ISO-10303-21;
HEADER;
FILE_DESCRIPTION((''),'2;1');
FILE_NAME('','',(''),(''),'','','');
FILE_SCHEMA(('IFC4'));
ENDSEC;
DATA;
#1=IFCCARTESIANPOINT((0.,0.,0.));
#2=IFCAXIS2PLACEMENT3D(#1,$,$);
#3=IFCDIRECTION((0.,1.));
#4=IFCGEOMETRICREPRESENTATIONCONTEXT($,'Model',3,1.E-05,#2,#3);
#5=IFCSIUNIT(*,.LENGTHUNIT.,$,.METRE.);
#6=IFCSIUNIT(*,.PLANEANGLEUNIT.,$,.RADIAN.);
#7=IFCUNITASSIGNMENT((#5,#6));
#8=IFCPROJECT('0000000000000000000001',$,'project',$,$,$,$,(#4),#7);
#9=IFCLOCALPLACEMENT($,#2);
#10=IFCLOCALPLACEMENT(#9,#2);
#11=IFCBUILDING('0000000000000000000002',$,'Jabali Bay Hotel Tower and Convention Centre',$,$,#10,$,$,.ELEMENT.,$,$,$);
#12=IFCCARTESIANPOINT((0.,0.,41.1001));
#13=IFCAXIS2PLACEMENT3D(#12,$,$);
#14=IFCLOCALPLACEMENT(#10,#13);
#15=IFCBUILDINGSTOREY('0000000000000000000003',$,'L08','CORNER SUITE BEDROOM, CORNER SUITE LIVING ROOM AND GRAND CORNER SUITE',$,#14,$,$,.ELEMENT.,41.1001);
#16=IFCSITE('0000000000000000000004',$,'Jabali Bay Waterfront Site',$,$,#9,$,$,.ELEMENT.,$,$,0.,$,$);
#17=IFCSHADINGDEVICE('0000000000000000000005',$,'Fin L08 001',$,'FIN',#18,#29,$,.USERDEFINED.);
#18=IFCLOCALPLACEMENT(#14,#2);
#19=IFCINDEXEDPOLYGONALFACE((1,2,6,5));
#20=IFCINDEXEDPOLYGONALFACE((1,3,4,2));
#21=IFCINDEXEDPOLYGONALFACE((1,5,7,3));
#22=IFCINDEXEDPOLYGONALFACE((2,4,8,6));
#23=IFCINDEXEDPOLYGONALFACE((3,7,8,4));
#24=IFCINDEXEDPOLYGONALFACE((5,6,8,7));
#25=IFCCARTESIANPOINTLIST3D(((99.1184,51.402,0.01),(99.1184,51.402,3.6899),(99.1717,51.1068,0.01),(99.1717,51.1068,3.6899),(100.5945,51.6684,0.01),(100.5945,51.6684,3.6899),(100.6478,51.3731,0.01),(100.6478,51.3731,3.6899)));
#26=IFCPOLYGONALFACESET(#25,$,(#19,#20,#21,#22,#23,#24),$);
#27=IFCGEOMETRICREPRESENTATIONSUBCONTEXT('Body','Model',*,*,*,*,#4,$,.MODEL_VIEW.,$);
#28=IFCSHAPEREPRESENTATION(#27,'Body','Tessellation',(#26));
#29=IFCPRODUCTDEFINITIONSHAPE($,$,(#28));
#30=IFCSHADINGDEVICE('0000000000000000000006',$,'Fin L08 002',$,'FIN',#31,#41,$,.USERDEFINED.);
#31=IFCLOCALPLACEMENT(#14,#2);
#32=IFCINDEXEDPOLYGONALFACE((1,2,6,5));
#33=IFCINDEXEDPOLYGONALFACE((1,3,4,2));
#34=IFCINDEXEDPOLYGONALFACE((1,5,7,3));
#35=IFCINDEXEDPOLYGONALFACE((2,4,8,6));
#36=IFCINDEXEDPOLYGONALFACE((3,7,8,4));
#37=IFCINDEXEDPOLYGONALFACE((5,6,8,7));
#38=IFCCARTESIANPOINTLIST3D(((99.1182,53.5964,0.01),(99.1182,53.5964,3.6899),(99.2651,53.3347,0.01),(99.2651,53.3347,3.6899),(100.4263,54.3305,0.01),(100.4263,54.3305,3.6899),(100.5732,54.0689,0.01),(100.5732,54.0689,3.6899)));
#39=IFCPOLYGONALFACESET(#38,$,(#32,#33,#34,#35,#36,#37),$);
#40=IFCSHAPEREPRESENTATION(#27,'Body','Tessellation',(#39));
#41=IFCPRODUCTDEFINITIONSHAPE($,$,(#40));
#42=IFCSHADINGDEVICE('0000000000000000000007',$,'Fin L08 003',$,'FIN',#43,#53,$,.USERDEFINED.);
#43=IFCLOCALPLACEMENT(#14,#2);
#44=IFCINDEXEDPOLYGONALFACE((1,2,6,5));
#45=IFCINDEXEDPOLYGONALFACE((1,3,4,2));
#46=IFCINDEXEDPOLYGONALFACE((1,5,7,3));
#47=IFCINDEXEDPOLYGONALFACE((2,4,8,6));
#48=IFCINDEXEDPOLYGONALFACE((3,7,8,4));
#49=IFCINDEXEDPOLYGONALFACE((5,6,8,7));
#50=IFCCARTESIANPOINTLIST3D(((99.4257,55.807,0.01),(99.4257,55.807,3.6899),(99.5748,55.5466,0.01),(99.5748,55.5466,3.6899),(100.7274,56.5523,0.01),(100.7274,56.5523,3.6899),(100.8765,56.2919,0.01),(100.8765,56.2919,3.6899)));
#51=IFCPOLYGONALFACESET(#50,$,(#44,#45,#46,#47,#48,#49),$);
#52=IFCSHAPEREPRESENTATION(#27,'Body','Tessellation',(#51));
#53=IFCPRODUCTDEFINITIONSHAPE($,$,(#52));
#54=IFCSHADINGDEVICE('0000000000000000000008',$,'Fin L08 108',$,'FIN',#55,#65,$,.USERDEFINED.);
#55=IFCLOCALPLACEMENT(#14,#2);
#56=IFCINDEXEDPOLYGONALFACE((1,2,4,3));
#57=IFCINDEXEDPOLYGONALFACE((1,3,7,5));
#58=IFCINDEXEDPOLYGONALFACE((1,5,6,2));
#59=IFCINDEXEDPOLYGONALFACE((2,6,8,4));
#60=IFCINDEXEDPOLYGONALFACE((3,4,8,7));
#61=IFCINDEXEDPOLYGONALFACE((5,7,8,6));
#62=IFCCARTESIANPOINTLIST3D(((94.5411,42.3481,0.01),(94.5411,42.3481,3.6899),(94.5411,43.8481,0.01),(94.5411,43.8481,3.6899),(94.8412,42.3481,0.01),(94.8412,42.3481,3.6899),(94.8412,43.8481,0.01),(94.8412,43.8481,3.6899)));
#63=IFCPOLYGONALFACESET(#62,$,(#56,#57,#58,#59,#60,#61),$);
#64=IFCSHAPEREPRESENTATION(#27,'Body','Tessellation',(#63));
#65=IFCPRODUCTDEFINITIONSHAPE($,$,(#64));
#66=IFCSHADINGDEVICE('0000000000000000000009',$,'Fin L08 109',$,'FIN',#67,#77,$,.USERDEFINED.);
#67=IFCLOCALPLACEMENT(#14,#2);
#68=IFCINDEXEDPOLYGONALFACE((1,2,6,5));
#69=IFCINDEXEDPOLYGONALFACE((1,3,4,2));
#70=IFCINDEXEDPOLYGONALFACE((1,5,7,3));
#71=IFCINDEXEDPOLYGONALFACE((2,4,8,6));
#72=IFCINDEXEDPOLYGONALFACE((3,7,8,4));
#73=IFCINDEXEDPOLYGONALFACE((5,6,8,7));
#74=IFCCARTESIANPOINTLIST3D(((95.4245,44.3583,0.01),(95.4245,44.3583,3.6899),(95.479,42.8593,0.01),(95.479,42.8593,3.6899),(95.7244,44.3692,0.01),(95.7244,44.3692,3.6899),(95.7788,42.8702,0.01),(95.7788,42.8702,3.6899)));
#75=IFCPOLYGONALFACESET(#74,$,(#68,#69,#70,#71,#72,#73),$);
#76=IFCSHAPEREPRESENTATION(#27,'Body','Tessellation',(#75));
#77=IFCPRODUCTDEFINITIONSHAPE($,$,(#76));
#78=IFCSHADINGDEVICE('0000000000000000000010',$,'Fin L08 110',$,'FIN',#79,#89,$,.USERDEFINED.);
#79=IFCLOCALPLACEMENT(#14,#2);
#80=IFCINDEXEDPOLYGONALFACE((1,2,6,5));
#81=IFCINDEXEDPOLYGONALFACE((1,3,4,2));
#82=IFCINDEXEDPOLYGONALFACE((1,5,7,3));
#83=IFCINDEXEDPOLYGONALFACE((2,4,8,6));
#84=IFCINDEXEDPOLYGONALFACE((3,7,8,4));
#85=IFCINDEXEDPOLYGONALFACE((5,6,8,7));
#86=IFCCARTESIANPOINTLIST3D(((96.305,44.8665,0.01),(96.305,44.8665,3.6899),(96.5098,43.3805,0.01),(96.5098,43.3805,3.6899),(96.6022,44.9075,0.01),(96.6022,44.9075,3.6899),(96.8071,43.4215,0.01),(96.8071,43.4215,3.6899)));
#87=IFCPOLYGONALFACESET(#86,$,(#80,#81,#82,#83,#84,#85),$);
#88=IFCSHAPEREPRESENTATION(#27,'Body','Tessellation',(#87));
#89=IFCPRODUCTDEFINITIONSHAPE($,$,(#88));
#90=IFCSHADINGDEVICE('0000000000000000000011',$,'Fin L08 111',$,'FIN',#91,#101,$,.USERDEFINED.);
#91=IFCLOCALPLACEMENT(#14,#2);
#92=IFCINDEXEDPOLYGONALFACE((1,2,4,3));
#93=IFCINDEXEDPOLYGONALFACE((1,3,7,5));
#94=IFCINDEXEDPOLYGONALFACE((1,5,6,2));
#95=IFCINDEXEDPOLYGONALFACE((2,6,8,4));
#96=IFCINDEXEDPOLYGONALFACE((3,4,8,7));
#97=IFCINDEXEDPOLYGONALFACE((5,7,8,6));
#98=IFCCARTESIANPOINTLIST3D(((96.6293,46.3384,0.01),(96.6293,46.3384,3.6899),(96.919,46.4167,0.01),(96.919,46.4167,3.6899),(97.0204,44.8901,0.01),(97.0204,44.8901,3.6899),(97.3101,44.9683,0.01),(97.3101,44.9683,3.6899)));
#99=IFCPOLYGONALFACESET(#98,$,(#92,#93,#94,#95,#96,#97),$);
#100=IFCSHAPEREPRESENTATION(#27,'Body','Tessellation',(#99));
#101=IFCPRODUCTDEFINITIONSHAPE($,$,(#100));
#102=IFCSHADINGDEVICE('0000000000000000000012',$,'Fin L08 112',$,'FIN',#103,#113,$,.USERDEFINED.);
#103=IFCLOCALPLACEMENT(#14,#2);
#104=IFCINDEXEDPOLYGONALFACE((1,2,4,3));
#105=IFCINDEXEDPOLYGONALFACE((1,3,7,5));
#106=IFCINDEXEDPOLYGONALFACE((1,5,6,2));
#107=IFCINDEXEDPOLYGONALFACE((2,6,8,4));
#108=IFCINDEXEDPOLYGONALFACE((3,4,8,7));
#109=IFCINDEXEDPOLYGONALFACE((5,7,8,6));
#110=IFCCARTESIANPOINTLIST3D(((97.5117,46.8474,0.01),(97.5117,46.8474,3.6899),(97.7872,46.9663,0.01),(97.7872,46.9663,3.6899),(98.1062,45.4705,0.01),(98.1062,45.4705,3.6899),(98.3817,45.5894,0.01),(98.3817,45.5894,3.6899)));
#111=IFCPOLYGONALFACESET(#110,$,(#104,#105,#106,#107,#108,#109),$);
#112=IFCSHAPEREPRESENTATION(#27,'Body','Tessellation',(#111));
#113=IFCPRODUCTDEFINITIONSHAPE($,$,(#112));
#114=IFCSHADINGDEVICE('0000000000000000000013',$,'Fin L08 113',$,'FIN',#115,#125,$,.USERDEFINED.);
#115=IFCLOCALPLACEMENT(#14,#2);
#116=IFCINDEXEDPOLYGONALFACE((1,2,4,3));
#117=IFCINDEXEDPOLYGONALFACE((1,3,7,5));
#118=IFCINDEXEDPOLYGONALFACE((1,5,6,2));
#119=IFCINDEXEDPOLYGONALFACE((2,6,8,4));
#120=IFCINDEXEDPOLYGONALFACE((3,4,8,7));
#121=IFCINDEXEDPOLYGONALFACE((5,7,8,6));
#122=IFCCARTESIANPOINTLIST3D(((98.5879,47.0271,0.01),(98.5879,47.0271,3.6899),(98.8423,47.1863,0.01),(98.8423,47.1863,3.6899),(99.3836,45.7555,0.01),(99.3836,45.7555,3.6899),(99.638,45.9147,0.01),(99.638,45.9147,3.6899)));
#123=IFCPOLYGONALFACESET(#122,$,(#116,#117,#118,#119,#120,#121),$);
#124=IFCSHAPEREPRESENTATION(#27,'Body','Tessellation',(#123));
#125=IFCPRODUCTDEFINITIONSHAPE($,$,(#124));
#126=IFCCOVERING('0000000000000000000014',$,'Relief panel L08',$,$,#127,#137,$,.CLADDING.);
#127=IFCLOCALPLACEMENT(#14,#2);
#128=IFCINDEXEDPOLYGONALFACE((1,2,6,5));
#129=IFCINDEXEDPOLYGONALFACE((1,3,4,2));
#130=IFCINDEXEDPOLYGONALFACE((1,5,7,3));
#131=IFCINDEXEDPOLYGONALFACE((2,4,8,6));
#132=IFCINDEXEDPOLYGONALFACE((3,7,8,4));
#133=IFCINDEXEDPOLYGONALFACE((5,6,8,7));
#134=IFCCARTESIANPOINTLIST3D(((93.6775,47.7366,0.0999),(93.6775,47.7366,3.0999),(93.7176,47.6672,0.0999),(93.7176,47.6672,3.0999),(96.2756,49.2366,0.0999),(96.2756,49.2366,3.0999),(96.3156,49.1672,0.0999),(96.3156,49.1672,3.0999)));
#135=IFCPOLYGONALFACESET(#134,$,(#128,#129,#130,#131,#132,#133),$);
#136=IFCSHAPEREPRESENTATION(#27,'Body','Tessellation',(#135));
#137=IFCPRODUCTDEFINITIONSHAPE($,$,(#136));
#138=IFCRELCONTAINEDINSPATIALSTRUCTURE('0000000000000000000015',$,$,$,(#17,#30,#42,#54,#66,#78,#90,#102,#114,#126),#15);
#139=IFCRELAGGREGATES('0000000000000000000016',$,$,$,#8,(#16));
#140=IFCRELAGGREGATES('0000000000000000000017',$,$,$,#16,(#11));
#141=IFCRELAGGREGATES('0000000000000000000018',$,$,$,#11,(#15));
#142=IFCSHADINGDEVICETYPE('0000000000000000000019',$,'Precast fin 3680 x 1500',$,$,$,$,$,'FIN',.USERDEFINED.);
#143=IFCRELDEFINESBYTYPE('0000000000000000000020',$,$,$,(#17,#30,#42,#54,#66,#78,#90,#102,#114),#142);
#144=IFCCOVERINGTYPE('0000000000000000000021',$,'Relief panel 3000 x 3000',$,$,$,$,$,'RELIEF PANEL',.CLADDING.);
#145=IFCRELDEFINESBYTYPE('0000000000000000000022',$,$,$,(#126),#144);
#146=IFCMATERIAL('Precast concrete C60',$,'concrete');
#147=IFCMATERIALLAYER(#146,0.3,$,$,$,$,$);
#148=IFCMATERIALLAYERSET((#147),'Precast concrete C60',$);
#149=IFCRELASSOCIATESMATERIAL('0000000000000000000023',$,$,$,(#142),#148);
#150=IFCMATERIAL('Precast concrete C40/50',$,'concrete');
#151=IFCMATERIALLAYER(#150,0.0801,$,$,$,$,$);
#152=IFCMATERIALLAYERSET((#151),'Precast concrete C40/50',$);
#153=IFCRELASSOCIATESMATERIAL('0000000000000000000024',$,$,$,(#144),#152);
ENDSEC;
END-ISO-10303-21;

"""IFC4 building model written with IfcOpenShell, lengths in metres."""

from ifc_helpers import new_model, si_unit, direction, frame, frame_2d, origin, origin_2d, place, context, subcontext, project, spatial, rectangle, extrude, material, layer, layer_set, type_object, element, save


model = new_model("IFC4")

# Units and contexts
model_context = context("Model", 3, precision=1e-05, world=origin(), true_north=direction((0.0, 1.0)))
body_context = subcontext(model_context, "Body", "Model", "MODEL_VIEW")
ifc_project = project(units=[si_unit("LENGTHUNIT", "METRE"), si_unit("PLANEANGLEUNIT", "RADIAN")], contexts=[model_context])

# Site, building, storey
site_placement = place(None, origin())
site = spatial("IfcSite", under=ifc_project, at=site_placement, Name="Jabali Bay Waterfront Site", CompositionType="ELEMENT", RefElevation=0.0)
building_placement = place(site_placement, origin())
building = spatial("IfcBuilding", under=site, at=building_placement, Name="Jabali Bay Hotel Tower and Convention Centre", CompositionType="ELEMENT")
storey_placement = place(building_placement, frame((0.0, 0.0, 41.1001)))
storey = spatial("IfcBuildingStorey", under=building, at=storey_placement, Name="L08", Description="CORNER SUITE BEDROOM, CORNER SUITE LIVING ROOM AND GRAND CORNER SUITE", CompositionType="ELEMENT", Elevation=41.1001)

# Shading devices
ifc_material_1 = material(Name="Precast concrete C60", Category="concrete")
ifc_layer_1 = layer(ifc_material_1, 0.3)
ifc_layer_set_1 = layer_set([ifc_layer_1], Name="Precast concrete C60")
shading_device_type_1 = type_object("IfcShadingDeviceType", Name="Precast fin 3680 x 1500", ElementType="FIN", PredefinedType="USERDEFINED", material=ifc_layer_set_1)
for number, where, z_axis, x_axis, name in (
    (1, (99.145, 51.2544, 0.01), (0.0, 0.0, 1.0), (0.984106, 0.177582, 0.0), "Fin L08 001"),
    (2, (99.1917, 53.4656, 0.01), (0.0, 0.0, 1.0), (0.872053, 0.489411, 0.0), "Fin L08 002"),
    (3, (99.5002, 55.6768, 0.01), (0.0, 0.0, 1.0), (0.867812, 0.496892, 0.0), "Fin L08 003"),
    (4, (94.6912, 43.8481, 0.01), (0.0, 0.0, 1.0), (0.0, -1.0, 0.0), "Fin L08 108"),
    (5, (95.5745, 44.3638, 0.01), (0.0, 0.0, 1.0), (0.036295, -0.999341, 0.0), "Fin L08 109"),
    (6, (96.4536, 44.887, 0.01), (0.0, 0.0, 1.0), (0.136566, -0.990631, 0.0), "Fin L08 110"),
):
    element("IfcShadingDevice", number, at=place(storey_placement, frame(where, z_axis=z_axis, x_axis=x_axis)), inside=storey, type_object=shading_device_type_1, Name=name, ObjectType="FIN", PredefinedType="USERDEFINED", context=body_context, shape_type="SweptSolid", body=[
        extrude(rectangle(XDim=1.5, YDim=0.3, at=frame_2d((0.75, 0.0))), origin(), (0.0, 0.0, 1.0), 3.6799),
    ])
shading_device_1_placement = place(storey_placement, frame((96.7742, 46.3774, 0.01), z_axis=(0.0, 0.0, 1.0), x_axis=(0.26072, -0.965414, 0.0)))
element("IfcShadingDevice", 7, at=shading_device_1_placement, inside=storey, type_object=shading_device_type_1, Name="Fin L08 111", ObjectType="FIN", PredefinedType="USERDEFINED", context=body_context, shape_type="SweptSolid", body=[
    extrude(rectangle(XDim=1.5002, YDim=0.3, at=frame_2d((0.75, 0.0))), origin(), (0.0, 0.0, 1.0), 3.6799),
])
shading_device_2_placement = place(storey_placement, frame((97.6494, 46.907, 0.01), z_axis=(0.0, 0.0, 1.0), x_axis=(0.396374, -0.918089, 0.0)))
element("IfcShadingDevice", 8, at=shading_device_2_placement, inside=storey, type_object=shading_device_type_1, Name="Fin L08 112", ObjectType="FIN", PredefinedType="USERDEFINED", context=body_context, shape_type="SweptSolid", body=[
    extrude(rectangle(XDim=1.4998, YDim=0.3, at=frame_2d((0.75, 0.0))), origin(), (0.0, 0.0, 1.0), 3.6799),
])
shading_device_3_placement = place(storey_placement, frame((98.7151, 47.1067, 0.01), z_axis=(0.0, 0.0, 1.0), x_axis=(0.530467, -0.847706, 0.0)))
element("IfcShadingDevice", 9, at=shading_device_3_placement, inside=storey, type_object=shading_device_type_1, Name="Fin L08 113", ObjectType="FIN", PredefinedType="USERDEFINED", context=body_context, shape_type="SweptSolid", body=[
    extrude(rectangle(XDim=1.5, YDim=0.3, at=frame_2d((0.75, 0.0))), origin(), (0.0, 0.0, 1.0), 3.6799),
])

# Covering
ifc_material_2 = material(Name="Precast concrete C40/50", Category="concrete")
ifc_layer_2 = layer(ifc_material_2, 0.0801)
ifc_layer_set_2 = layer_set([ifc_layer_2], Name="Precast concrete C40/50")
covering_type = type_object("IfcCoveringType", Name="Relief panel 3000 x 3000", ElementType="RELIEF PANEL", PredefinedType="CLADDING", material=ifc_layer_set_2)
covering_placement = place(storey_placement, frame((94.9966, 48.4519, 0.0999), z_axis=(0.0, 0.0, 1.0), x_axis=(-0.866025, -0.5, 0.0)))
element("IfcCovering", 10, at=covering_placement, inside=storey, type_object=covering_type, Name="Relief panel L08", PredefinedType="CLADDING", context=body_context, shape_type="SweptSolid", body=[
    extrude(rectangle(XDim=3.0, YDim=0.0801, at=origin_2d()), origin(), (0.0, 0.0, 1.0), 3.0),
])

save(model, "model.ifc")
